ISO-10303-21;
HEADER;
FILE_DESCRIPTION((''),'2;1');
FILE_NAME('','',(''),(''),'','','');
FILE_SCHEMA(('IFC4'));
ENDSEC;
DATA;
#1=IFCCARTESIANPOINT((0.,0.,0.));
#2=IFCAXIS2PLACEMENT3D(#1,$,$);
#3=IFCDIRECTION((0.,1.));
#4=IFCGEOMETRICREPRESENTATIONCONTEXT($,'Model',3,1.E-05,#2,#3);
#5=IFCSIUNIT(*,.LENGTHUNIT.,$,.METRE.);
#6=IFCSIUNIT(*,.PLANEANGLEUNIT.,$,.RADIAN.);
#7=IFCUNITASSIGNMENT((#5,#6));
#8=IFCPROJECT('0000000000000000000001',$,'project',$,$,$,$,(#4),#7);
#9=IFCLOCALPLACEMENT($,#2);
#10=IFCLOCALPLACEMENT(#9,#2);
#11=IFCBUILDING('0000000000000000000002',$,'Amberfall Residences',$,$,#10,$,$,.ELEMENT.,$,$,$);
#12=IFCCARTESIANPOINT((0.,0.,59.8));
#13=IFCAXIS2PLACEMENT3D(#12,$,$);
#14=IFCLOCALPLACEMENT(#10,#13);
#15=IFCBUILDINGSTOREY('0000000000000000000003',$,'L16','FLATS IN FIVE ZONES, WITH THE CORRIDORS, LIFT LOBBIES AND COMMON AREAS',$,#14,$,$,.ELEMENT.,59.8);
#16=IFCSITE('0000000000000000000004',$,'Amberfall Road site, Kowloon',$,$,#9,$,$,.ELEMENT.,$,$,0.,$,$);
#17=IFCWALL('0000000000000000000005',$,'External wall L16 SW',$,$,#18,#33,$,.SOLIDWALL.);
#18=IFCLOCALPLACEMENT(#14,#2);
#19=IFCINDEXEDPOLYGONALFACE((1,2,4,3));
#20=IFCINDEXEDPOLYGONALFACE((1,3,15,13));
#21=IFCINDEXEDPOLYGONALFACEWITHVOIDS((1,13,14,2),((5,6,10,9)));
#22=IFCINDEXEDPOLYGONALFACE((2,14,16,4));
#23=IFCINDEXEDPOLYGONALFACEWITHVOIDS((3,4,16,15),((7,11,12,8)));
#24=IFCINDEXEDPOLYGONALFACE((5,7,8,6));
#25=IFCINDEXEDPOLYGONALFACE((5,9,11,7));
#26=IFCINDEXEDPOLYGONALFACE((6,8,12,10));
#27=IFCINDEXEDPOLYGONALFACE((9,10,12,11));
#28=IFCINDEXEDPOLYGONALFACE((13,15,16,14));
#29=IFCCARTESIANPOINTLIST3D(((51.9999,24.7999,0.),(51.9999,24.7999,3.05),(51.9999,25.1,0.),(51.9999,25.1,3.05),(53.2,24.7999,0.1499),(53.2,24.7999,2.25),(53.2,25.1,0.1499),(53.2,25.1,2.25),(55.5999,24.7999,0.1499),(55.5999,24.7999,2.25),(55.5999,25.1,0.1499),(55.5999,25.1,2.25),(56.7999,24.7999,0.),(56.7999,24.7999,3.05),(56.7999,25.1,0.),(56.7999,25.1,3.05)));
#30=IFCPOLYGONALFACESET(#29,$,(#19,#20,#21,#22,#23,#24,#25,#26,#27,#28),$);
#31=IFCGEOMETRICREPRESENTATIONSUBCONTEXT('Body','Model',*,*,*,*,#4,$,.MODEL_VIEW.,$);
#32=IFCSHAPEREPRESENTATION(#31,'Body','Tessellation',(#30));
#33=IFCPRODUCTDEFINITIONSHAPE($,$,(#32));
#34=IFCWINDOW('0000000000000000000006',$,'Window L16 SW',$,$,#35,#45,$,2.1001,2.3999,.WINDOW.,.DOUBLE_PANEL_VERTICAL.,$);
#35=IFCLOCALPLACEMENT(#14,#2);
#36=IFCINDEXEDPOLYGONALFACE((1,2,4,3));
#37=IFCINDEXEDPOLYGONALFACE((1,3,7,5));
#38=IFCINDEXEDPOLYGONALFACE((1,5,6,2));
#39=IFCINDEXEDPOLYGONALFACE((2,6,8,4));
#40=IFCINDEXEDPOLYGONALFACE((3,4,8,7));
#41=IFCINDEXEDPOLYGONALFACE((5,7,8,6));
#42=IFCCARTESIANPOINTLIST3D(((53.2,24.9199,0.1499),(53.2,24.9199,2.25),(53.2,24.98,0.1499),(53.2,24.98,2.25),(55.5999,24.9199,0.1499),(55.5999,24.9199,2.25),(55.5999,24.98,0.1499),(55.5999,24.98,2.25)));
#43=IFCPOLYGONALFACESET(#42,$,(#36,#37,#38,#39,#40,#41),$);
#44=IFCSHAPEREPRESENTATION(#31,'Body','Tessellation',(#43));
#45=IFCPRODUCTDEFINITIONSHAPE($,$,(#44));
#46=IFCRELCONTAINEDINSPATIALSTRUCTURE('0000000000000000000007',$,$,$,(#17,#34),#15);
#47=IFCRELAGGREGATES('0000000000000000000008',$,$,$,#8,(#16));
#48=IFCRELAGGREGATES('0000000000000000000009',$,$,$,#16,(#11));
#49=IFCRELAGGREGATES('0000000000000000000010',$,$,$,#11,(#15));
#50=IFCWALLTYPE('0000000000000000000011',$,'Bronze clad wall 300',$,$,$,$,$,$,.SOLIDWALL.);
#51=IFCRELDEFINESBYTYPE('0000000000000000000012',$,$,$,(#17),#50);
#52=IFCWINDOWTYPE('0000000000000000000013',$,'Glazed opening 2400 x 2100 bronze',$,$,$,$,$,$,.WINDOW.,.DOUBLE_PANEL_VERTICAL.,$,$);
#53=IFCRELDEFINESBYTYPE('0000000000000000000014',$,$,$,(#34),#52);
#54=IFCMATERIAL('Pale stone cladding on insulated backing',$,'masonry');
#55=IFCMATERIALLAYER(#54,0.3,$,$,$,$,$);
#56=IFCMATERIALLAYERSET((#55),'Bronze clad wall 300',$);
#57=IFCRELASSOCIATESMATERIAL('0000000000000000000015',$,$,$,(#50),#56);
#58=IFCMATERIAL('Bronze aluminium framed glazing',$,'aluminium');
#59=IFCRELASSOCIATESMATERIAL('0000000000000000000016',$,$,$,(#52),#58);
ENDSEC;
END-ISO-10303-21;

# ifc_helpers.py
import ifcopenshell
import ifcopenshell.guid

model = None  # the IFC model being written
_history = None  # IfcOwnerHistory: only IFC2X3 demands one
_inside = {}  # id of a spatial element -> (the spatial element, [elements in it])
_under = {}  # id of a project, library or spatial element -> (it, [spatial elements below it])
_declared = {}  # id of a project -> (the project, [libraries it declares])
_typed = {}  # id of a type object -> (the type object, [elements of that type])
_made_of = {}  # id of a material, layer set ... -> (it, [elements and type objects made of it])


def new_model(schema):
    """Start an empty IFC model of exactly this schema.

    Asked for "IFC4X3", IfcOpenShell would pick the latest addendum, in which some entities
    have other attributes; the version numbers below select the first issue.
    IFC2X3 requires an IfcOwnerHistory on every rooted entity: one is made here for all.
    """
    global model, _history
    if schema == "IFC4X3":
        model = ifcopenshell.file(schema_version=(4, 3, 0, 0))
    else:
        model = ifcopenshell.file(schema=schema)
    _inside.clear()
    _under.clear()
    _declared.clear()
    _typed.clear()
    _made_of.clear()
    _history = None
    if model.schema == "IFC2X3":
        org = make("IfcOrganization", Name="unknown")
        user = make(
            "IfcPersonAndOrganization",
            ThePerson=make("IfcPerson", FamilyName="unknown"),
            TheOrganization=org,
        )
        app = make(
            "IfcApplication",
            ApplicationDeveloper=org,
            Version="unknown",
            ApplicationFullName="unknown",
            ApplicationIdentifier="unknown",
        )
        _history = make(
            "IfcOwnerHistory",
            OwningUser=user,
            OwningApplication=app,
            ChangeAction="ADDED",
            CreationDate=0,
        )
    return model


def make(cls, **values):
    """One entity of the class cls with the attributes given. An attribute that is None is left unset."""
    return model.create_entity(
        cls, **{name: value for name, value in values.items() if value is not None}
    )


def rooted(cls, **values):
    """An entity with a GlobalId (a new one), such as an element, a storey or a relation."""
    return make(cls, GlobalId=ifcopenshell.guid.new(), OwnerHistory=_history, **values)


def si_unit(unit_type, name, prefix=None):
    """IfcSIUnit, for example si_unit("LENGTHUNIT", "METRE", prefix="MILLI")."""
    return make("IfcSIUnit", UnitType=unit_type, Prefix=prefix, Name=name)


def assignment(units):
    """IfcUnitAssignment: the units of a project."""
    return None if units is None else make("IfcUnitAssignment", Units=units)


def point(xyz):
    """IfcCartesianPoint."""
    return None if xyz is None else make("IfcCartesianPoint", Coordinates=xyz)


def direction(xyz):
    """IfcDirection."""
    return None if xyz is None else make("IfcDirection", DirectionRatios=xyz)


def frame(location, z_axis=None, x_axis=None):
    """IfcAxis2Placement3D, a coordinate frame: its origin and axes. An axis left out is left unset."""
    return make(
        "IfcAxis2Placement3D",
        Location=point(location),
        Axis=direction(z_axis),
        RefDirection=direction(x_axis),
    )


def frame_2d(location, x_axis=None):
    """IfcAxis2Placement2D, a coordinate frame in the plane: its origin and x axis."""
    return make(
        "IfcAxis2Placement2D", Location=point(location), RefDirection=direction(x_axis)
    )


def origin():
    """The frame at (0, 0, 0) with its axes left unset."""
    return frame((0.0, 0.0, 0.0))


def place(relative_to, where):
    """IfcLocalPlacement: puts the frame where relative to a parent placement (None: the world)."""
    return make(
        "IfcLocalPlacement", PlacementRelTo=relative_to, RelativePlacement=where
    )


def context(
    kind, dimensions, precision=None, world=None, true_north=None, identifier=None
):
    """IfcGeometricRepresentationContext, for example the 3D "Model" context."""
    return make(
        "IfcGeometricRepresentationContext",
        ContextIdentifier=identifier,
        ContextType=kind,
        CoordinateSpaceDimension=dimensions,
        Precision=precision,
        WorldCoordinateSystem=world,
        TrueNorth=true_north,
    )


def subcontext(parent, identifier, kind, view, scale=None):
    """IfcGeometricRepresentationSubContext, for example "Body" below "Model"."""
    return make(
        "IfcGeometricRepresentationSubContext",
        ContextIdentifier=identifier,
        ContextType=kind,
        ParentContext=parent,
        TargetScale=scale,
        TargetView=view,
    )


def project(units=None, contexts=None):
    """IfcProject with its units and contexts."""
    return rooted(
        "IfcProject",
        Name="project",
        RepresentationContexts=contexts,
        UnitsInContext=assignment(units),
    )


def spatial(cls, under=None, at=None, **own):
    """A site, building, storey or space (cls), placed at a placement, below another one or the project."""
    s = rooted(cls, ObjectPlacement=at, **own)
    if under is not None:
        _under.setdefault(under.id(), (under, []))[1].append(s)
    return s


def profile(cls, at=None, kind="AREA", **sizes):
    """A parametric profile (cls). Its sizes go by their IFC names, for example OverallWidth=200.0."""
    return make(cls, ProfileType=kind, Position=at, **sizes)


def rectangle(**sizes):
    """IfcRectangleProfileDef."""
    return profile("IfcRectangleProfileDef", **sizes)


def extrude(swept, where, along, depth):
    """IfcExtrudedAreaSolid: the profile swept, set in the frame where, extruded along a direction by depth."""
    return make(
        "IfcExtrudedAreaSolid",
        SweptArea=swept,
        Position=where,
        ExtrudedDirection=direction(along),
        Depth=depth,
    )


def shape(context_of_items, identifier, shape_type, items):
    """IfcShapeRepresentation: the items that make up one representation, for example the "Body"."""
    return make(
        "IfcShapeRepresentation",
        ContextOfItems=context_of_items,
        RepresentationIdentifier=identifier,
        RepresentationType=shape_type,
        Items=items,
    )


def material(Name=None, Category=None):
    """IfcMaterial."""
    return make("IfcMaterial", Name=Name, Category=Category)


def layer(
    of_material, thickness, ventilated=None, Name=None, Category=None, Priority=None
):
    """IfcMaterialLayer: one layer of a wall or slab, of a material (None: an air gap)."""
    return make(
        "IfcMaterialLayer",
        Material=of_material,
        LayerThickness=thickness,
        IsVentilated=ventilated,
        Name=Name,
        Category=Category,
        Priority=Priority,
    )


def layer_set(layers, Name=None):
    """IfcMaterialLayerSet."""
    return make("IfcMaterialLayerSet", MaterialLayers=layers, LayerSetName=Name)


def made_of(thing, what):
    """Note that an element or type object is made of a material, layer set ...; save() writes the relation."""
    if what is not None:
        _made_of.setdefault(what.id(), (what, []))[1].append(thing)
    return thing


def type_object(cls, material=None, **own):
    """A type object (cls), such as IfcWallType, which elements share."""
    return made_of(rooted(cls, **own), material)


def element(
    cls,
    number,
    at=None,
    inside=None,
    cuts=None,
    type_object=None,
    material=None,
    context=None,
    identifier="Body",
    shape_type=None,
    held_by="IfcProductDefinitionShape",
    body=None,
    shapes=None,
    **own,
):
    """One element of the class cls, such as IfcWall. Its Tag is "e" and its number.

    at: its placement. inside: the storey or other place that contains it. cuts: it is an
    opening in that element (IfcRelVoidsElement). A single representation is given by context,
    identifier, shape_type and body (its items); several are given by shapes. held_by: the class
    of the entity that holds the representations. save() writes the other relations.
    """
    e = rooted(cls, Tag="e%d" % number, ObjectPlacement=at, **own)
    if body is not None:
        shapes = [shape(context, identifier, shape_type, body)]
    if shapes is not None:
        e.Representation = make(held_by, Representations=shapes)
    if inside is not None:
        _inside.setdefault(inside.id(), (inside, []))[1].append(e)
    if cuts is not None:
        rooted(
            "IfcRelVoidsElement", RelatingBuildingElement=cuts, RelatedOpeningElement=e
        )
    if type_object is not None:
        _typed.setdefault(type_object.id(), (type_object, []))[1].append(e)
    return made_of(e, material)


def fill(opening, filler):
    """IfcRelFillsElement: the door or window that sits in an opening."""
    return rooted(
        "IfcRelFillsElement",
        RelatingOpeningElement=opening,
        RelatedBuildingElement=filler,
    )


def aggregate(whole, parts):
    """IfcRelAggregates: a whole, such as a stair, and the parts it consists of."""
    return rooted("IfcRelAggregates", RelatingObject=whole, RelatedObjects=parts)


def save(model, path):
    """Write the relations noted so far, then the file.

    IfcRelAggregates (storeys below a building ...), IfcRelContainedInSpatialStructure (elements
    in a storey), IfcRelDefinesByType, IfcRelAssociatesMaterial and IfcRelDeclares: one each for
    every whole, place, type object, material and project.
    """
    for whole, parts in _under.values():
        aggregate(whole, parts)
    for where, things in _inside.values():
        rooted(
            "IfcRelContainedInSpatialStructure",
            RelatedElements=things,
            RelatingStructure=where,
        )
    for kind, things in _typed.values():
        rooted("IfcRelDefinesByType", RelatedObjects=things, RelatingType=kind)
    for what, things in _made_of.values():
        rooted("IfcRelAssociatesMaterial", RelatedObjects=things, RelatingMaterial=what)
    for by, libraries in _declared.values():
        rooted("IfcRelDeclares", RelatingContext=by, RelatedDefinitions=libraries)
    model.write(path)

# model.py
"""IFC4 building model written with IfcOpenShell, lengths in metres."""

from ifc_helpers import new_model, si_unit, direction, frame, frame_2d, origin, place, context, subcontext, project, spatial, rectangle, extrude, material, layer, layer_set, type_object, element, fill, save


model = new_model("IFC4")

# Units and contexts
model_context = context("Model", 3, precision=1e-05, world=origin(), true_north=direction((0.0, 1.0)))
body_context = subcontext(model_context, "Body", "Model", "MODEL_VIEW")
ifc_project = project(units=[si_unit("LENGTHUNIT", "METRE"), si_unit("PLANEANGLEUNIT", "RADIAN")], contexts=[model_context])

# Site, building, storey
site_placement = place(None, origin())
site = spatial("IfcSite", under=ifc_project, at=site_placement, Name="Amberfall Road site, Kowloon", CompositionType="ELEMENT", RefElevation=0.0)
building_placement = place(site_placement, origin())
building = spatial("IfcBuilding", under=site, at=building_placement, Name="Amberfall Residences", CompositionType="ELEMENT")
storey_placement = place(building_placement, frame((0.0, 0.0, 59.8)))
storey = spatial("IfcBuildingStorey", under=building, at=storey_placement, Name="L16", Description="FLATS IN FIVE ZONES, WITH THE CORRIDORS, LIFT LOBBIES AND COMMON AREAS", CompositionType="ELEMENT", Elevation=59.8)

# Wall, opening, window
ifc_material_1 = material(Name="Pale stone cladding on insulated backing", Category="masonry")
ifc_layer_1 = layer(ifc_material_1, 0.3)
ifc_layer_set_1 = layer_set([ifc_layer_1], Name="Bronze clad wall 300")
wall_type = type_object("IfcWallType", Name="Bronze clad wall 300", PredefinedType="SOLIDWALL", material=ifc_layer_set_1)
wall_placement = place(storey_placement, frame((52.0, 24.95, 0.0), z_axis=(0.0, 0.0, 1.0), x_axis=(1.0, 0.0, 0.0)))
wall = element("IfcWall", 1, at=wall_placement, inside=storey, type_object=wall_type, Name="External wall L16 SW", PredefinedType="SOLIDWALL", context=body_context, shape_type="SweptSolid", body=[
    extrude(rectangle(XDim=4.8, YDim=0.3, at=frame_2d((2.3999, 0.0))), origin(), (0.0, 0.0, 1.0), 3.05),
])
opening_placement = place(wall_placement, frame((1.2, 0.0, 0.1499)))
opening = element("IfcOpeningElement", 2, at=opening_placement, cuts=wall, PredefinedType="OPENING", context=body_context, shape_type="SweptSolid", body=[
    extrude(rectangle(XDim=2.3999, YDim=2.1001, at=frame_2d((1.2, 1.05))), frame((0.0, 0.1599, 0.0), z_axis=(0.0, -1.0, 0.0), x_axis=(1.0, 0.0, 0.0)), (0.0, 0.0, 1.0), 0.3201),
])
ifc_material_2 = material(Name="Bronze aluminium framed glazing", Category="aluminium")
window_type = type_object("IfcWindowType", Name="Glazed opening 2400 x 2100 bronze", PartitioningType="DOUBLE_PANEL_VERTICAL", PredefinedType="WINDOW", material=ifc_material_2)
window_placement = place(opening_placement, origin())
window = element("IfcWindow", 3, at=window_placement, inside=storey, type_object=window_type, Name="Window L16 SW", OverallHeight=2.1001, OverallWidth=2.3999, PartitioningType="DOUBLE_PANEL_VERTICAL", PredefinedType="WINDOW", context=body_context, shape_type="SweptSolid", body=[
    extrude(rectangle(XDim=2.3999, YDim=2.1001, at=frame_2d((1.2, 1.05))), frame((0.0, 0.03, 0.0), z_axis=(0.0, -1.0, 0.0), x_axis=(1.0, 0.0, 0.0)), (0.0, 0.0, 1.0), 0.0601),
])
fill(opening, window)

save(model, "model.ifc")
